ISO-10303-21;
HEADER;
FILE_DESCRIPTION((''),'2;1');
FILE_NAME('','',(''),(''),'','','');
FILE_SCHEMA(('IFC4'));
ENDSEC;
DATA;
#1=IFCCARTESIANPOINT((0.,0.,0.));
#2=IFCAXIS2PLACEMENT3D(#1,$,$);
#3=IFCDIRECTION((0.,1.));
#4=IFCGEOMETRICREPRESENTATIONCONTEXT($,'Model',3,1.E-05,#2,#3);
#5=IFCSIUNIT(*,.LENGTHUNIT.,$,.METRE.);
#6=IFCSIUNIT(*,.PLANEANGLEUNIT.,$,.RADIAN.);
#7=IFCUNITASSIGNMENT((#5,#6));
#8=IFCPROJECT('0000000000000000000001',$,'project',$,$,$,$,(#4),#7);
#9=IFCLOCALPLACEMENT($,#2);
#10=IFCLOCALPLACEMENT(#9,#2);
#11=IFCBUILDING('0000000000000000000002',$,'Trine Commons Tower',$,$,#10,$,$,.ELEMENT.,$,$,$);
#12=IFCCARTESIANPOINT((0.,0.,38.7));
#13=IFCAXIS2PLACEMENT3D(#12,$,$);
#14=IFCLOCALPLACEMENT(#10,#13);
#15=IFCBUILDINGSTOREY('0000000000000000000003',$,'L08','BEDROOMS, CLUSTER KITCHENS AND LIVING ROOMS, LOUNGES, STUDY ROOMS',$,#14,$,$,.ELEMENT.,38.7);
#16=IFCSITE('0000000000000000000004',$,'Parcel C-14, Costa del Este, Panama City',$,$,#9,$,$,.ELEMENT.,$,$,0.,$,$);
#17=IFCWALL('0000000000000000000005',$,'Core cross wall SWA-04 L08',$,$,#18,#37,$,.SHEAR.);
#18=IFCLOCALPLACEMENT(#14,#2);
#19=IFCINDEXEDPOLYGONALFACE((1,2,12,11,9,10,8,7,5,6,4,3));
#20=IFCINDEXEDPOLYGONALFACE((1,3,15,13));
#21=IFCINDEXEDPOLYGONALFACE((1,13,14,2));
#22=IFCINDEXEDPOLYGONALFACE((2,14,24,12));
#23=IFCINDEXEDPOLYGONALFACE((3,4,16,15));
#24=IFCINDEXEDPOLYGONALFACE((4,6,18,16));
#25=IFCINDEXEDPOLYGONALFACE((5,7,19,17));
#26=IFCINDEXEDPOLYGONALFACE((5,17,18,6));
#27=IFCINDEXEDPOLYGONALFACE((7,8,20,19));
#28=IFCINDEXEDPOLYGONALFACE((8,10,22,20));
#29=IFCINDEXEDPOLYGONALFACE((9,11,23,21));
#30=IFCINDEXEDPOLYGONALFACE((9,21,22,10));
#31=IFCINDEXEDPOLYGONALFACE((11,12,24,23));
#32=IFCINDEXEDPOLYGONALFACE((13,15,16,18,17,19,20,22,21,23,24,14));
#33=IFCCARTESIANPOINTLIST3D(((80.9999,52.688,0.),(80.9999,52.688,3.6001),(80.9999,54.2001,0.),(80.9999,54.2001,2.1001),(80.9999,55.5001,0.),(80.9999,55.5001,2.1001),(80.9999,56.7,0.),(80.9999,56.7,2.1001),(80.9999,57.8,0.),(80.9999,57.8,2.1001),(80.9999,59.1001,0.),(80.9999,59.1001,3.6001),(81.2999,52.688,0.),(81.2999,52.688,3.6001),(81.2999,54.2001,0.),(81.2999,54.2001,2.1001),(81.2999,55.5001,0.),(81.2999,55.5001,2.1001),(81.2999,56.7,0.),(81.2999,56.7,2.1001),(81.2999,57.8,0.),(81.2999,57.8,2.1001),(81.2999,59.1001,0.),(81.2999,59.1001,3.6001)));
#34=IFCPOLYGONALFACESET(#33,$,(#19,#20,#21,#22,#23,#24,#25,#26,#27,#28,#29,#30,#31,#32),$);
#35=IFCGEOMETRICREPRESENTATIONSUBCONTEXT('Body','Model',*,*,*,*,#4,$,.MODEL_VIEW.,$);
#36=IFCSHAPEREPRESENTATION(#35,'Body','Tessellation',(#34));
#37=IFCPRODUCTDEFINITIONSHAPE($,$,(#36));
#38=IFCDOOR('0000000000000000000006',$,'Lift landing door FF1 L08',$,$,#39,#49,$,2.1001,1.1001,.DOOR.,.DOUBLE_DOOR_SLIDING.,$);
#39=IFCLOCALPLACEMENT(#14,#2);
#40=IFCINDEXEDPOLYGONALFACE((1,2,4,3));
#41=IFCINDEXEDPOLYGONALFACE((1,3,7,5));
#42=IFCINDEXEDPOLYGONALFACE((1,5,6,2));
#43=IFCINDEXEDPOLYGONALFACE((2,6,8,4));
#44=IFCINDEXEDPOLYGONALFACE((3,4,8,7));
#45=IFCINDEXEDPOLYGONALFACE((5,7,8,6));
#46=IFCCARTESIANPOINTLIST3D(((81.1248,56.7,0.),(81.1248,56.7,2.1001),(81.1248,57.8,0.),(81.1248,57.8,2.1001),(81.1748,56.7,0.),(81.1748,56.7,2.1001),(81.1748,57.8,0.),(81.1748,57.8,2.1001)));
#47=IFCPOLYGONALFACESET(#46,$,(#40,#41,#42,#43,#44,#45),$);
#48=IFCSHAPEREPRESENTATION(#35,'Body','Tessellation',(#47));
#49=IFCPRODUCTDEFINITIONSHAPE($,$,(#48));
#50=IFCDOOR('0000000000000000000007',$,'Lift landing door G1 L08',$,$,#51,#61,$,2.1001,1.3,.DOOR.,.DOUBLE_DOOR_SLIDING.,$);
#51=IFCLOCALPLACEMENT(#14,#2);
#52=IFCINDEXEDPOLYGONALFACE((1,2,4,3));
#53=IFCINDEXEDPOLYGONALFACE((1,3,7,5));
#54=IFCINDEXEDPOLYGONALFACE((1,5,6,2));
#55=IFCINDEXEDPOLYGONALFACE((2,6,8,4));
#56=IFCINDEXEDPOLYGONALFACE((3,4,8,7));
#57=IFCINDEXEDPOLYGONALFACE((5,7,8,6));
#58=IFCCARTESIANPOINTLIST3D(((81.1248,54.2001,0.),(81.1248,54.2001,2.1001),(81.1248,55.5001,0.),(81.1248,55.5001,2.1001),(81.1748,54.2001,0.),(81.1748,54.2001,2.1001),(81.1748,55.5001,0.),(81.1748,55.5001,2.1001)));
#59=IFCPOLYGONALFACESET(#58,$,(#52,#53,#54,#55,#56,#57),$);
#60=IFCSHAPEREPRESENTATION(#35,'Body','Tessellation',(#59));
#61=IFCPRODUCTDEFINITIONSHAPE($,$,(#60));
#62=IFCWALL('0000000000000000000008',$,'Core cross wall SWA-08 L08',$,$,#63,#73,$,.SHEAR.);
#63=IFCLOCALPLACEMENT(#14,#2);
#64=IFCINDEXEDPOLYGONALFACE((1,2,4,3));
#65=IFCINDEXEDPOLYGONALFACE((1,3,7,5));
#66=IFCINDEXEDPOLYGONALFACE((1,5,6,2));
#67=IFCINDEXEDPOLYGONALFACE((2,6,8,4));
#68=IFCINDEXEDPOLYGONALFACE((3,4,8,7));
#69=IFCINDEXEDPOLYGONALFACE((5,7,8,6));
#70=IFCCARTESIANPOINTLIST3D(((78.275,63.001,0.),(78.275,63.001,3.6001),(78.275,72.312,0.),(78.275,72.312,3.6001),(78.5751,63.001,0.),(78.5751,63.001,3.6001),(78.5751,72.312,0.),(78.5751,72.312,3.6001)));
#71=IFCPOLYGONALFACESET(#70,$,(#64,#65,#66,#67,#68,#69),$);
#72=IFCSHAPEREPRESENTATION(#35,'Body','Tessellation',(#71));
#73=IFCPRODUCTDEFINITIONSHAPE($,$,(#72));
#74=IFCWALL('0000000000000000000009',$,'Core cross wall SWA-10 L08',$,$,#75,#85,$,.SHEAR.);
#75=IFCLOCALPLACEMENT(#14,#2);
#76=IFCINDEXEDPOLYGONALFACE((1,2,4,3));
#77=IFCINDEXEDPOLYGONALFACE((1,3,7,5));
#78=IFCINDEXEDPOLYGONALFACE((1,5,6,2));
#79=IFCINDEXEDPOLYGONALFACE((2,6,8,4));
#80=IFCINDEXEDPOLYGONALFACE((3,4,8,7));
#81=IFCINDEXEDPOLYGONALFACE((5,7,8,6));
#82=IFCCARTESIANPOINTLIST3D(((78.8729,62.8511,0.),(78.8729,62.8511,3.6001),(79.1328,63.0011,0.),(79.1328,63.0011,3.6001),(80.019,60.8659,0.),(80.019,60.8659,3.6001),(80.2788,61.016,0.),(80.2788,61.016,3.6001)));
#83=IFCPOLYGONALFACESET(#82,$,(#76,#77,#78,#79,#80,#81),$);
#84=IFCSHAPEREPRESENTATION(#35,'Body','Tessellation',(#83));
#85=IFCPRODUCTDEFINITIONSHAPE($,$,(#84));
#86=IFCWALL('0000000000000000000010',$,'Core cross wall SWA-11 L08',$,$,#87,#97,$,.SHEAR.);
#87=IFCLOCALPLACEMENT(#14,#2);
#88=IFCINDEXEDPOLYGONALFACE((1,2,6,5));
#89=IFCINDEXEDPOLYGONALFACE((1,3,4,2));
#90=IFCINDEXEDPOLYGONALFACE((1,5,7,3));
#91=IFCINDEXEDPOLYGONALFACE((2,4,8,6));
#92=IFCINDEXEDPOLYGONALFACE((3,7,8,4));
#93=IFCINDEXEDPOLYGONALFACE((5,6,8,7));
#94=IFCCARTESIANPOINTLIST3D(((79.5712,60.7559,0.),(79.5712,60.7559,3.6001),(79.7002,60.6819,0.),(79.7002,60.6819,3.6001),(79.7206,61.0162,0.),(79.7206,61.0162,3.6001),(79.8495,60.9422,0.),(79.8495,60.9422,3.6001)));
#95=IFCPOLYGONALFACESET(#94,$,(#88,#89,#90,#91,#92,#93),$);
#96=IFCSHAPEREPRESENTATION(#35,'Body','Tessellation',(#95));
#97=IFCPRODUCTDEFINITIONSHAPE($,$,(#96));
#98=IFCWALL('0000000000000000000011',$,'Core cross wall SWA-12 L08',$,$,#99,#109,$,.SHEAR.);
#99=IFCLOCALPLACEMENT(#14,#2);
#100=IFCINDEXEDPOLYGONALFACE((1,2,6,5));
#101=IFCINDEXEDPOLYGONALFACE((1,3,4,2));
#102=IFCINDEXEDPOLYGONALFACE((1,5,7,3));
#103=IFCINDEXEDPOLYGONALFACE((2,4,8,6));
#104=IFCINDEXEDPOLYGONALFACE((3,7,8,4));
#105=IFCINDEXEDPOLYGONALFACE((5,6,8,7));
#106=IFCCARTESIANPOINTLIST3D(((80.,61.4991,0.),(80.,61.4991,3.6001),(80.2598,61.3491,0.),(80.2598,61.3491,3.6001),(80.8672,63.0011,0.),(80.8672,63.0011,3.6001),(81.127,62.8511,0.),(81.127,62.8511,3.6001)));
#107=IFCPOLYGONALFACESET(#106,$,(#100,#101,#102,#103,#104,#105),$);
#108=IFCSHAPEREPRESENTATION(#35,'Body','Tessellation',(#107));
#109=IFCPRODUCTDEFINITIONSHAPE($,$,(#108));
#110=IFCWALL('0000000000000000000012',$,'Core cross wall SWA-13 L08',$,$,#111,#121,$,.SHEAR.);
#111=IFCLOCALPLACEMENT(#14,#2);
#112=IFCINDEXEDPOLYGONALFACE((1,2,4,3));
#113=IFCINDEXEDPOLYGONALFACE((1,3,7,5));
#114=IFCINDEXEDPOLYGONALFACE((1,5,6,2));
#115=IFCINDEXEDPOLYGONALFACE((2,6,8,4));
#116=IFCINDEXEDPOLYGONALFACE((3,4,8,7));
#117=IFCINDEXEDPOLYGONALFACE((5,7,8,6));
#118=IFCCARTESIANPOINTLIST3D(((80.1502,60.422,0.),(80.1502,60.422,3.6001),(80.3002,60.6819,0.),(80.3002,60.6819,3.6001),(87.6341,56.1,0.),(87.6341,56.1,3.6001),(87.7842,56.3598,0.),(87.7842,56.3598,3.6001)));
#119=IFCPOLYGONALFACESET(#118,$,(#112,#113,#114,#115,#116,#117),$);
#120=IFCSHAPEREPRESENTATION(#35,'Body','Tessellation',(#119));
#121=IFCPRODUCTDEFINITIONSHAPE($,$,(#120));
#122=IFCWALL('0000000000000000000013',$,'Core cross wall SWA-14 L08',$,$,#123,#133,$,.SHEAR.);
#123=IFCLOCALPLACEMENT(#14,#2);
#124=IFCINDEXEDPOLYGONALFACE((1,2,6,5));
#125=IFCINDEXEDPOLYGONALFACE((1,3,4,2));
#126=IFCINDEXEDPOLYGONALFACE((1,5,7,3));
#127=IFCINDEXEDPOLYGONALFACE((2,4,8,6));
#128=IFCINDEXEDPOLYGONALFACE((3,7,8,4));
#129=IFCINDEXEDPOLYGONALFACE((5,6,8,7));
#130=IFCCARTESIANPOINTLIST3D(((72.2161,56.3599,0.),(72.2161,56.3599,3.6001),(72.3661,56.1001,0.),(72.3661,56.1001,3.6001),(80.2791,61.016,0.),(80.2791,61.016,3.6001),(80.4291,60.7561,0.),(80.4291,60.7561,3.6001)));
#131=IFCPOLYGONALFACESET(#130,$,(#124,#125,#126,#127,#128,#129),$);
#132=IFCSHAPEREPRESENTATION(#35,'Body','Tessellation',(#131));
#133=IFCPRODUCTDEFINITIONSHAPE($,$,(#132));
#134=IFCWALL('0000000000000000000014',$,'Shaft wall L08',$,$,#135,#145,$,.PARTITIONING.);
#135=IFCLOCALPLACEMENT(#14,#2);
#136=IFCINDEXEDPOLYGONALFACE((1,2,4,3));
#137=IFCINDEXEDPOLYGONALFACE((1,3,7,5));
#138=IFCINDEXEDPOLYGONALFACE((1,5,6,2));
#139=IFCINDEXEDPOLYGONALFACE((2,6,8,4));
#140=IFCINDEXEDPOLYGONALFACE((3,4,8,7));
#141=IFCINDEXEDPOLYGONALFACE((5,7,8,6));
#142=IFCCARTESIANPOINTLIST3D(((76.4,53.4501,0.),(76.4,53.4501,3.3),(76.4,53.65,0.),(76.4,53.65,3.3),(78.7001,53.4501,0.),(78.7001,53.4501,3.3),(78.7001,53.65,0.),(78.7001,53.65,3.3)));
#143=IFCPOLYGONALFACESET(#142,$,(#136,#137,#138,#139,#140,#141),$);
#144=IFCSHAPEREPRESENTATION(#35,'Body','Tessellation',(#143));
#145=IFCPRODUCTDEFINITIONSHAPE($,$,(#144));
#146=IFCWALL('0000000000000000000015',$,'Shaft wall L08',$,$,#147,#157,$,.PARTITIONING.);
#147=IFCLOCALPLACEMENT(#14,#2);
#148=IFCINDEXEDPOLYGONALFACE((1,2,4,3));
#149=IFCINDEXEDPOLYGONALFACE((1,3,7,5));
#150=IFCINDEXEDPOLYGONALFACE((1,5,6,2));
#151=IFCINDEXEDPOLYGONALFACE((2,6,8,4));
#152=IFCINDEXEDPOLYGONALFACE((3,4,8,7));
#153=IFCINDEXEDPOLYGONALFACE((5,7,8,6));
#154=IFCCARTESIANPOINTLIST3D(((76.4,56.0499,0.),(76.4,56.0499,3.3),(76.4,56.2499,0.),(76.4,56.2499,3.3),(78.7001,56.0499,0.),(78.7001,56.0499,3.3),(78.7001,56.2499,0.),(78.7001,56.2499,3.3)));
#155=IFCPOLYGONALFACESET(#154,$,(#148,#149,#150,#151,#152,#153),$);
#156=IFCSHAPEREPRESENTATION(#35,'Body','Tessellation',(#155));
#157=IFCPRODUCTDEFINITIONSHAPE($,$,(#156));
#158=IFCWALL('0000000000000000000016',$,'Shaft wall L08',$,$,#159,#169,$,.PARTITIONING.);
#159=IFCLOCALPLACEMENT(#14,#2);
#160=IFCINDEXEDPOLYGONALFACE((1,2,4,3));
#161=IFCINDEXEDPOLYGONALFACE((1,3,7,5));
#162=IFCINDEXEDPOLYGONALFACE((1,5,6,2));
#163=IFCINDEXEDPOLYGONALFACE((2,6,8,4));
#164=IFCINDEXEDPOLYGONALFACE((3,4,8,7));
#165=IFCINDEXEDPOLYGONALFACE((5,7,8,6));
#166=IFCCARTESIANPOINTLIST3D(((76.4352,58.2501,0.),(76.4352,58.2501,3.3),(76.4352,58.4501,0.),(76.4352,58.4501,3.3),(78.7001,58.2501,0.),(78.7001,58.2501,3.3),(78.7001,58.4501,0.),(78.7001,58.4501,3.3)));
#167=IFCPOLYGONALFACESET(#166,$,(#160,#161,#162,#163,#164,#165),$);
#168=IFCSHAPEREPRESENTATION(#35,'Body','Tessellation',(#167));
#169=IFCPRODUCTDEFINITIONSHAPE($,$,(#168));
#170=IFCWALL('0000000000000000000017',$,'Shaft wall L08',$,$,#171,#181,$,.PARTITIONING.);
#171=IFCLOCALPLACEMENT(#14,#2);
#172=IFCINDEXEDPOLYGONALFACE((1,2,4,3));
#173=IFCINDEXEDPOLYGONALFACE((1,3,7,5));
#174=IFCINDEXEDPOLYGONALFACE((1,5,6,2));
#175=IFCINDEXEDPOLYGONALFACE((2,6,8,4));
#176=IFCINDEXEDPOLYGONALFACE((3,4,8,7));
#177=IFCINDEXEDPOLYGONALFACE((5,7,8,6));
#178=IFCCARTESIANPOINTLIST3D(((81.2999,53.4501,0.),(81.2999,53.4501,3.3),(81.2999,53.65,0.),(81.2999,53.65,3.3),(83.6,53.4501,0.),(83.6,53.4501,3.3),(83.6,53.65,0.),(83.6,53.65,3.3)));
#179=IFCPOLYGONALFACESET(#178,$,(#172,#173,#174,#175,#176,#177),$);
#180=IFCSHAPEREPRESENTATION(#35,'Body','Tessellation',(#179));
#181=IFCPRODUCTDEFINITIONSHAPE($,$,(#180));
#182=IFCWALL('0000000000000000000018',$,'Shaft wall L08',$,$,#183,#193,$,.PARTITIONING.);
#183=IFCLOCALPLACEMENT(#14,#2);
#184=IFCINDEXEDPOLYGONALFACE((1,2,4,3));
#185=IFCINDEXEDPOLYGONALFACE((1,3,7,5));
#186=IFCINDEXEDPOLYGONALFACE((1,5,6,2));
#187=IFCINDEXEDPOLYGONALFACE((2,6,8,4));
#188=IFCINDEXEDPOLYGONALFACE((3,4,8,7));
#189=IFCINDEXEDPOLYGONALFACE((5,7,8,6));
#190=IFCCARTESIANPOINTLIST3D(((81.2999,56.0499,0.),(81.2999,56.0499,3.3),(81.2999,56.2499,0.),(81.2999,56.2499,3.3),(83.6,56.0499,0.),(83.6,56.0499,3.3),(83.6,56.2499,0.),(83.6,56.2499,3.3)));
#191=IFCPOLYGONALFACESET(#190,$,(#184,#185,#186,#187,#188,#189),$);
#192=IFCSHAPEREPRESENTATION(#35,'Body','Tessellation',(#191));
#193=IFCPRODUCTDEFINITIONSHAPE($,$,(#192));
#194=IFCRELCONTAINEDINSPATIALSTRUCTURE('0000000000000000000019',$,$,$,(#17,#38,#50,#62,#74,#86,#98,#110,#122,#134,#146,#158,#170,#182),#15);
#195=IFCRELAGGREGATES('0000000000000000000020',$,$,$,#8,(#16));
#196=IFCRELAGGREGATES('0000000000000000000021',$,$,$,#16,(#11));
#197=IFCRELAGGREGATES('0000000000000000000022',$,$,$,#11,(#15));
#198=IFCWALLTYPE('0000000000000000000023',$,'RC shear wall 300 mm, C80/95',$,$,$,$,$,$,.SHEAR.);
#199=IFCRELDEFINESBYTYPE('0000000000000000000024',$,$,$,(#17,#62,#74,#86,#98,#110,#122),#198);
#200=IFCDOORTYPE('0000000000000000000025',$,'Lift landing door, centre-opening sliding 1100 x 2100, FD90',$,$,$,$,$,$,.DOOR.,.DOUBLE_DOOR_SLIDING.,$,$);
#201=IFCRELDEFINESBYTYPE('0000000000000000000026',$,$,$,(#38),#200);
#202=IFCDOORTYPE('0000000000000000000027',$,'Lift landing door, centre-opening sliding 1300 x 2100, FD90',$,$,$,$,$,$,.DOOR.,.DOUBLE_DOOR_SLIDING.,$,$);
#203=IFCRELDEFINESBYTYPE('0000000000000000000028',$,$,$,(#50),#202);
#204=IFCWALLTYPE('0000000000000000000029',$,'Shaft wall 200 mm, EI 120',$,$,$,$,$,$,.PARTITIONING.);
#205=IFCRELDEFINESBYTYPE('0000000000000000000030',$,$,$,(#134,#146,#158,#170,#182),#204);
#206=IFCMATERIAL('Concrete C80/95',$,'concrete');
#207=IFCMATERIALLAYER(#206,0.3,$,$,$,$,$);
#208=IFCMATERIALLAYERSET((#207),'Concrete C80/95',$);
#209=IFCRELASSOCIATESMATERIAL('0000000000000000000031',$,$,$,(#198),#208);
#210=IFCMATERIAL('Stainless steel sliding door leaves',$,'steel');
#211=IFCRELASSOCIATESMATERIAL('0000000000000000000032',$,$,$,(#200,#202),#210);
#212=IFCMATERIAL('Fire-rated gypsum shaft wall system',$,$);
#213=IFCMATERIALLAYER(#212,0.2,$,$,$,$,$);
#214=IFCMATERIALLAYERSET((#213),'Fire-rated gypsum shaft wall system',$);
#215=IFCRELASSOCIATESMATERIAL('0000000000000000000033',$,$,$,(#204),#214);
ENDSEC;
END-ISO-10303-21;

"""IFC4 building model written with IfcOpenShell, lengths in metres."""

from ifc_helpers import new_model, si_unit, direction, frame, frame_2d, origin, place, context, subcontext, project, spatial, rectangle, extrude, material, layer, layer_set, type_object, element, fill, save


model = new_model("IFC4")

# Units and contexts
model_context = context("Model", 3, precision=1e-05, world=origin(), true_north=direction((0.0, 1.0)))
body_context = subcontext(model_context, "Body", "Model", "MODEL_VIEW")
ifc_project = project(units=[si_unit("LENGTHUNIT", "METRE"), si_unit("PLANEANGLEUNIT", "RADIAN")], contexts=[model_context])

# Site, building, storey
site_placement = place(None, origin())
site = spatial("IfcSite", under=ifc_project, at=site_placement, Name="Parcel C-14, Costa del Este, Panama City", CompositionType="ELEMENT", RefElevation=0.0)
building_placement = place(site_placement, origin())
building = spatial("IfcBuilding", under=site, at=building_placement, Name="Trine Commons Tower", CompositionType="ELEMENT")
storey_placement = place(building_placement, frame((0.0, 0.0, 38.7)))
storey = spatial("IfcBuildingStorey", under=building, at=storey_placement, Name="L08", Description="BEDROOMS, CLUSTER KITCHENS AND LIVING ROOMS, LOUNGES, STUDY ROOMS", CompositionType="ELEMENT", Elevation=38.7)

# Shared definitions
ifc_material_1 = material(Name="Fire-rated gypsum shaft wall system")
ifc_material_2 = material(Name="Concrete C80/95", Category="concrete")

# Wall, openings, doors
ifc_layer_1 = layer(ifc_material_2, 0.3)
ifc_layer_set_1 = layer_set([ifc_layer_1], Name="Concrete C80/95")
wall_type_1 = type_object("IfcWallType", Name="RC shear wall 300 mm, C80/95", PredefinedType="SHEAR", material=ifc_layer_set_1)
ifc_material_3 = material(Name="Stainless steel sliding door leaves", Category="steel")
door_type_1 = type_object("IfcDoorType", Name="Lift landing door, centre-opening sliding 1100 x 2100, FD90", OperationType="DOUBLE_DOOR_SLIDING", PredefinedType="DOOR", material=ifc_material_3)
wall_1_placement = place(storey_placement, frame((81.1499, 59.1001, 0.0), z_axis=(0.0, 0.0, 1.0), x_axis=(0.0, -1.0, 0.0)))
wall_1 = element("IfcWall", 1, at=wall_1_placement, inside=storey, type_object=wall_type_1, Name="Core cross wall SWA-04 L08", PredefinedType="SHEAR", context=body_context, shape_type="SweptSolid", body=[
    extrude(rectangle(XDim=6.4121, YDim=0.3, at=frame_2d((3.2061, 0.0))), origin(), (0.0, 0.0, 1.0), 3.6001),
])
opening_1_placement = place(wall_1_placement, frame((3.6001, 0.0, 0.0)))
opening_1 = element("IfcOpeningElement", 2, at=opening_1_placement, cuts=wall_1, PredefinedType="OPENING", context=body_context, shape_type="SweptSolid", body=[
    extrude(rectangle(XDim=1.3, YDim=2.1001, at=frame_2d((0.6499, 1.05))), frame((0.0, 0.1599, 0.0), z_axis=(0.0, -1.0, 0.0), x_axis=(1.0, 0.0, 0.0)), (0.0, 0.0, 1.0), 0.3201),
])
opening_2_placement = place(wall_1_placement, frame((1.3, 0.0, 0.0)))
opening_2 = element("IfcOpeningElement", 3, at=opening_2_placement, cuts=wall_1, PredefinedType="OPENING", context=body_context, shape_type="SweptSolid", body=[
    extrude(rectangle(XDim=1.1001, YDim=2.1001, at=frame_2d((0.55, 1.05))), frame((0.0, 0.1599, 0.0), z_axis=(0.0, -1.0, 0.0), x_axis=(1.0, 0.0, 0.0)), (0.0, 0.0, 1.0), 0.3201),
])
door_1_placement = place(opening_2_placement, origin())
door_1 = element("IfcDoor", 4, at=door_1_placement, inside=storey, type_object=door_type_1, Name="Lift landing door FF1 L08", OperationType="DOUBLE_DOOR_SLIDING", OverallHeight=2.1001, OverallWidth=1.1001, PredefinedType="DOOR", context=body_context, shape_type="SweptSolid", body=[
    extrude(rectangle(XDim=1.1001, YDim=2.1001, at=frame_2d((0.55, 1.05))), frame((0.0, 0.0249, 0.0), z_axis=(0.0, -1.0, 0.0), x_axis=(1.0, 0.0, 0.0)), (0.0, 0.0, 1.0), 0.05),
])
fill(opening_2, door_1)
door_type_2 = type_object("IfcDoorType", Name="Lift landing door, centre-opening sliding 1300 x 2100, FD90", OperationType="DOUBLE_DOOR_SLIDING", PredefinedType="DOOR", material=ifc_material_3)
door_2_placement = place(opening_1_placement, origin())
door_2 = element("IfcDoor", 5, at=door_2_placement, inside=storey, type_object=door_type_2, Name="Lift landing door G1 L08", OperationType="DOUBLE_DOOR_SLIDING", OverallHeight=2.1001, OverallWidth=1.3, PredefinedType="DOOR", context=body_context, shape_type="SweptSolid", body=[
    extrude(rectangle(XDim=1.3, YDim=2.1001, at=frame_2d((0.6499, 1.05))), frame((0.0, 0.0249, 0.0), z_axis=(0.0, -1.0, 0.0), x_axis=(1.0, 0.0, 0.0)), (0.0, 0.0, 1.0), 0.05),
])
fill(opening_1, door_2)

# Walls
wall_2_placement = place(storey_placement, frame((78.425, 63.001, 0.0), z_axis=(0.0, 0.0, 1.0), x_axis=(0.0, 1.0, 0.0)))
element("IfcWall", 6, at=wall_2_placement, inside=storey, type_object=wall_type_1, Name="Core cross wall SWA-08 L08", PredefinedType="SHEAR", context=body_context, shape_type="SweptSolid", body=[
    extrude(rectangle(XDim=9.311, YDim=0.3, at=frame_2d((4.6555, 0.0))), origin(), (0.0, 0.0, 1.0), 3.6001),
])
wall_3_placement = place(storey_placement, frame((79.0029, 62.926, 0.0), z_axis=(0.0, 0.0, 1.0), x_axis=(0.499965, -0.866045, 0.0)))
element("IfcWall", 7, at=wall_3_placement, inside=storey, type_object=wall_type_1, Name="Core cross wall SWA-10 L08", PredefinedType="SHEAR", context=body_context, shape_type="SweptSolid", body=[
    extrude(rectangle(XDim=2.2922, YDim=0.3, at=frame_2d((1.146, 0.0))), origin(), (0.0, 0.0, 1.0), 3.6001),
])
wall_4_placement = place(storey_placement, frame((79.646, 60.886, 0.0), z_axis=(0.0, 0.0, 1.0), x_axis=(0.867332, -0.49773, 0.0)))
element("IfcWall", 8, at=wall_4_placement, inside=storey, type_object=wall_type_1, Name="Core cross wall SWA-11 L08", PredefinedType="SHEAR", context=body_context, shape_type="SweptSolid", body=[
    extrude(rectangle(XDim=0.1487, YDim=0.3, at=frame_2d((0.0742, 0.0))), origin(), (0.0, 0.0, 1.0), 3.6001),
])
wall_5_placement = place(storey_placement, frame((80.1299, 61.4241, 0.0), z_axis=(0.0, 0.0, 1.0), x_axis=(0.500015, 0.866017, 0.0)))
element("IfcWall", 9, at=wall_5_placement, inside=storey, type_object=wall_type_1, Name="Core cross wall SWA-12 L08", PredefinedType="SHEAR", context=body_context, shape_type="SweptSolid", body=[
    extrude(rectangle(XDim=1.7344, YDim=0.3, at=frame_2d((0.8672, 0.0))), origin(), (0.0, 0.0, 1.0), 3.6001),
])
wall_6_placement = place(storey_placement, frame((80.2251, 60.552, 0.0), z_axis=(0.0, 0.0, 1.0), x_axis=(0.865965, -0.500104, 0.0)))
element("IfcWall", 10, at=wall_6_placement, inside=storey, type_object=wall_type_1, Name="Core cross wall SWA-13 L08", PredefinedType="SHEAR", context=body_context, shape_type="SweptSolid", body=[
    extrude(rectangle(XDim=8.6423, YDim=0.3, at=frame_2d((4.3213, 0.0))), origin(), (0.0, 0.0, 1.0), 3.6001),
])
wall_7_placement = place(storey_placement, frame((80.354, 60.886, 0.0), z_axis=(0.0, 0.0, 1.0), x_axis=(-0.865986, -0.500067, 0.0)))
element("IfcWall", 11, at=wall_7_placement, inside=storey, type_object=wall_type_1, Name="Core cross wall SWA-14 L08", PredefinedType="SHEAR", context=body_context, shape_type="SweptSolid", body=[
    extrude(rectangle(XDim=9.3108, YDim=0.3, at=frame_2d((4.6553, 0.0))), origin(), (0.0, 0.0, 1.0), 3.6001),
])
ifc_layer_2 = layer(ifc_material_1, 0.2)
ifc_layer_set_2 = layer_set([ifc_layer_2], Name="Fire-rated gypsum shaft wall system")
wall_type_2 = type_object("IfcWallType", Name="Shaft wall 200 mm, EI 120", PredefinedType="PARTITIONING", material=ifc_layer_set_2)
for number, where, z_axis, x_axis, name in (
    (12, (78.7, 53.55, 0.0), (0.0, 0.0, 1.0), (-1.0, 0.0, 0.0), "Shaft wall L08"),
    (13, (78.7, 56.1499, 0.0), (0.0, 0.0, 1.0), (-1.0, 0.0, 0.0), "Shaft wall L08"),
):
    element("IfcWall", number, at=place(storey_placement, frame(where, z_axis=z_axis, x_axis=x_axis)), inside=storey, type_object=wall_type_2, Name=name, PredefinedType="PARTITIONING", context=body_context, shape_type="SweptSolid", body=[
        extrude(rectangle(XDim=2.3, YDim=0.2, at=frame_2d((1.1499, 0.0))), origin(), (0.0, 0.0, 1.0), 3.3),
    ])
wall_8_placement = place(storey_placement, frame((78.7, 58.3501, 0.0), z_axis=(0.0, 0.0, 1.0), x_axis=(-1.0, 0.0, 0.0)))
element("IfcWall", 14, at=wall_8_placement, inside=storey, type_object=wall_type_2, Name="Shaft wall L08", PredefinedType="PARTITIONING", context=body_context, shape_type="SweptSolid", body=[
    extrude(rectangle(XDim=2.2649, YDim=0.2, at=frame_2d((1.1323, 0.0))), origin(), (0.0, 0.0, 1.0), 3.3),
])
for number, where, z_axis, x_axis, name in (
    (15, (81.3, 53.55, 0.0), (0.0, 0.0, 1.0), (1.0, 0.0, 0.0), "Shaft wall L08"),
    (16, (81.3, 56.1499, 0.0), (0.0, 0.0, 1.0), (1.0, 0.0, 0.0), "Shaft wall L08"),
):
    element("IfcWall", number, at=place(storey_placement, frame(where, z_axis=z_axis, x_axis=x_axis)), inside=storey, type_object=wall_type_2, Name=name, PredefinedType="PARTITIONING", context=body_context, shape_type="SweptSolid", body=[
        extrude(rectangle(XDim=2.3, YDim=0.2, at=frame_2d((1.1499, 0.0))), origin(), (0.0, 0.0, 1.0), 3.3),
    ])

save(model, "model.ifc")
